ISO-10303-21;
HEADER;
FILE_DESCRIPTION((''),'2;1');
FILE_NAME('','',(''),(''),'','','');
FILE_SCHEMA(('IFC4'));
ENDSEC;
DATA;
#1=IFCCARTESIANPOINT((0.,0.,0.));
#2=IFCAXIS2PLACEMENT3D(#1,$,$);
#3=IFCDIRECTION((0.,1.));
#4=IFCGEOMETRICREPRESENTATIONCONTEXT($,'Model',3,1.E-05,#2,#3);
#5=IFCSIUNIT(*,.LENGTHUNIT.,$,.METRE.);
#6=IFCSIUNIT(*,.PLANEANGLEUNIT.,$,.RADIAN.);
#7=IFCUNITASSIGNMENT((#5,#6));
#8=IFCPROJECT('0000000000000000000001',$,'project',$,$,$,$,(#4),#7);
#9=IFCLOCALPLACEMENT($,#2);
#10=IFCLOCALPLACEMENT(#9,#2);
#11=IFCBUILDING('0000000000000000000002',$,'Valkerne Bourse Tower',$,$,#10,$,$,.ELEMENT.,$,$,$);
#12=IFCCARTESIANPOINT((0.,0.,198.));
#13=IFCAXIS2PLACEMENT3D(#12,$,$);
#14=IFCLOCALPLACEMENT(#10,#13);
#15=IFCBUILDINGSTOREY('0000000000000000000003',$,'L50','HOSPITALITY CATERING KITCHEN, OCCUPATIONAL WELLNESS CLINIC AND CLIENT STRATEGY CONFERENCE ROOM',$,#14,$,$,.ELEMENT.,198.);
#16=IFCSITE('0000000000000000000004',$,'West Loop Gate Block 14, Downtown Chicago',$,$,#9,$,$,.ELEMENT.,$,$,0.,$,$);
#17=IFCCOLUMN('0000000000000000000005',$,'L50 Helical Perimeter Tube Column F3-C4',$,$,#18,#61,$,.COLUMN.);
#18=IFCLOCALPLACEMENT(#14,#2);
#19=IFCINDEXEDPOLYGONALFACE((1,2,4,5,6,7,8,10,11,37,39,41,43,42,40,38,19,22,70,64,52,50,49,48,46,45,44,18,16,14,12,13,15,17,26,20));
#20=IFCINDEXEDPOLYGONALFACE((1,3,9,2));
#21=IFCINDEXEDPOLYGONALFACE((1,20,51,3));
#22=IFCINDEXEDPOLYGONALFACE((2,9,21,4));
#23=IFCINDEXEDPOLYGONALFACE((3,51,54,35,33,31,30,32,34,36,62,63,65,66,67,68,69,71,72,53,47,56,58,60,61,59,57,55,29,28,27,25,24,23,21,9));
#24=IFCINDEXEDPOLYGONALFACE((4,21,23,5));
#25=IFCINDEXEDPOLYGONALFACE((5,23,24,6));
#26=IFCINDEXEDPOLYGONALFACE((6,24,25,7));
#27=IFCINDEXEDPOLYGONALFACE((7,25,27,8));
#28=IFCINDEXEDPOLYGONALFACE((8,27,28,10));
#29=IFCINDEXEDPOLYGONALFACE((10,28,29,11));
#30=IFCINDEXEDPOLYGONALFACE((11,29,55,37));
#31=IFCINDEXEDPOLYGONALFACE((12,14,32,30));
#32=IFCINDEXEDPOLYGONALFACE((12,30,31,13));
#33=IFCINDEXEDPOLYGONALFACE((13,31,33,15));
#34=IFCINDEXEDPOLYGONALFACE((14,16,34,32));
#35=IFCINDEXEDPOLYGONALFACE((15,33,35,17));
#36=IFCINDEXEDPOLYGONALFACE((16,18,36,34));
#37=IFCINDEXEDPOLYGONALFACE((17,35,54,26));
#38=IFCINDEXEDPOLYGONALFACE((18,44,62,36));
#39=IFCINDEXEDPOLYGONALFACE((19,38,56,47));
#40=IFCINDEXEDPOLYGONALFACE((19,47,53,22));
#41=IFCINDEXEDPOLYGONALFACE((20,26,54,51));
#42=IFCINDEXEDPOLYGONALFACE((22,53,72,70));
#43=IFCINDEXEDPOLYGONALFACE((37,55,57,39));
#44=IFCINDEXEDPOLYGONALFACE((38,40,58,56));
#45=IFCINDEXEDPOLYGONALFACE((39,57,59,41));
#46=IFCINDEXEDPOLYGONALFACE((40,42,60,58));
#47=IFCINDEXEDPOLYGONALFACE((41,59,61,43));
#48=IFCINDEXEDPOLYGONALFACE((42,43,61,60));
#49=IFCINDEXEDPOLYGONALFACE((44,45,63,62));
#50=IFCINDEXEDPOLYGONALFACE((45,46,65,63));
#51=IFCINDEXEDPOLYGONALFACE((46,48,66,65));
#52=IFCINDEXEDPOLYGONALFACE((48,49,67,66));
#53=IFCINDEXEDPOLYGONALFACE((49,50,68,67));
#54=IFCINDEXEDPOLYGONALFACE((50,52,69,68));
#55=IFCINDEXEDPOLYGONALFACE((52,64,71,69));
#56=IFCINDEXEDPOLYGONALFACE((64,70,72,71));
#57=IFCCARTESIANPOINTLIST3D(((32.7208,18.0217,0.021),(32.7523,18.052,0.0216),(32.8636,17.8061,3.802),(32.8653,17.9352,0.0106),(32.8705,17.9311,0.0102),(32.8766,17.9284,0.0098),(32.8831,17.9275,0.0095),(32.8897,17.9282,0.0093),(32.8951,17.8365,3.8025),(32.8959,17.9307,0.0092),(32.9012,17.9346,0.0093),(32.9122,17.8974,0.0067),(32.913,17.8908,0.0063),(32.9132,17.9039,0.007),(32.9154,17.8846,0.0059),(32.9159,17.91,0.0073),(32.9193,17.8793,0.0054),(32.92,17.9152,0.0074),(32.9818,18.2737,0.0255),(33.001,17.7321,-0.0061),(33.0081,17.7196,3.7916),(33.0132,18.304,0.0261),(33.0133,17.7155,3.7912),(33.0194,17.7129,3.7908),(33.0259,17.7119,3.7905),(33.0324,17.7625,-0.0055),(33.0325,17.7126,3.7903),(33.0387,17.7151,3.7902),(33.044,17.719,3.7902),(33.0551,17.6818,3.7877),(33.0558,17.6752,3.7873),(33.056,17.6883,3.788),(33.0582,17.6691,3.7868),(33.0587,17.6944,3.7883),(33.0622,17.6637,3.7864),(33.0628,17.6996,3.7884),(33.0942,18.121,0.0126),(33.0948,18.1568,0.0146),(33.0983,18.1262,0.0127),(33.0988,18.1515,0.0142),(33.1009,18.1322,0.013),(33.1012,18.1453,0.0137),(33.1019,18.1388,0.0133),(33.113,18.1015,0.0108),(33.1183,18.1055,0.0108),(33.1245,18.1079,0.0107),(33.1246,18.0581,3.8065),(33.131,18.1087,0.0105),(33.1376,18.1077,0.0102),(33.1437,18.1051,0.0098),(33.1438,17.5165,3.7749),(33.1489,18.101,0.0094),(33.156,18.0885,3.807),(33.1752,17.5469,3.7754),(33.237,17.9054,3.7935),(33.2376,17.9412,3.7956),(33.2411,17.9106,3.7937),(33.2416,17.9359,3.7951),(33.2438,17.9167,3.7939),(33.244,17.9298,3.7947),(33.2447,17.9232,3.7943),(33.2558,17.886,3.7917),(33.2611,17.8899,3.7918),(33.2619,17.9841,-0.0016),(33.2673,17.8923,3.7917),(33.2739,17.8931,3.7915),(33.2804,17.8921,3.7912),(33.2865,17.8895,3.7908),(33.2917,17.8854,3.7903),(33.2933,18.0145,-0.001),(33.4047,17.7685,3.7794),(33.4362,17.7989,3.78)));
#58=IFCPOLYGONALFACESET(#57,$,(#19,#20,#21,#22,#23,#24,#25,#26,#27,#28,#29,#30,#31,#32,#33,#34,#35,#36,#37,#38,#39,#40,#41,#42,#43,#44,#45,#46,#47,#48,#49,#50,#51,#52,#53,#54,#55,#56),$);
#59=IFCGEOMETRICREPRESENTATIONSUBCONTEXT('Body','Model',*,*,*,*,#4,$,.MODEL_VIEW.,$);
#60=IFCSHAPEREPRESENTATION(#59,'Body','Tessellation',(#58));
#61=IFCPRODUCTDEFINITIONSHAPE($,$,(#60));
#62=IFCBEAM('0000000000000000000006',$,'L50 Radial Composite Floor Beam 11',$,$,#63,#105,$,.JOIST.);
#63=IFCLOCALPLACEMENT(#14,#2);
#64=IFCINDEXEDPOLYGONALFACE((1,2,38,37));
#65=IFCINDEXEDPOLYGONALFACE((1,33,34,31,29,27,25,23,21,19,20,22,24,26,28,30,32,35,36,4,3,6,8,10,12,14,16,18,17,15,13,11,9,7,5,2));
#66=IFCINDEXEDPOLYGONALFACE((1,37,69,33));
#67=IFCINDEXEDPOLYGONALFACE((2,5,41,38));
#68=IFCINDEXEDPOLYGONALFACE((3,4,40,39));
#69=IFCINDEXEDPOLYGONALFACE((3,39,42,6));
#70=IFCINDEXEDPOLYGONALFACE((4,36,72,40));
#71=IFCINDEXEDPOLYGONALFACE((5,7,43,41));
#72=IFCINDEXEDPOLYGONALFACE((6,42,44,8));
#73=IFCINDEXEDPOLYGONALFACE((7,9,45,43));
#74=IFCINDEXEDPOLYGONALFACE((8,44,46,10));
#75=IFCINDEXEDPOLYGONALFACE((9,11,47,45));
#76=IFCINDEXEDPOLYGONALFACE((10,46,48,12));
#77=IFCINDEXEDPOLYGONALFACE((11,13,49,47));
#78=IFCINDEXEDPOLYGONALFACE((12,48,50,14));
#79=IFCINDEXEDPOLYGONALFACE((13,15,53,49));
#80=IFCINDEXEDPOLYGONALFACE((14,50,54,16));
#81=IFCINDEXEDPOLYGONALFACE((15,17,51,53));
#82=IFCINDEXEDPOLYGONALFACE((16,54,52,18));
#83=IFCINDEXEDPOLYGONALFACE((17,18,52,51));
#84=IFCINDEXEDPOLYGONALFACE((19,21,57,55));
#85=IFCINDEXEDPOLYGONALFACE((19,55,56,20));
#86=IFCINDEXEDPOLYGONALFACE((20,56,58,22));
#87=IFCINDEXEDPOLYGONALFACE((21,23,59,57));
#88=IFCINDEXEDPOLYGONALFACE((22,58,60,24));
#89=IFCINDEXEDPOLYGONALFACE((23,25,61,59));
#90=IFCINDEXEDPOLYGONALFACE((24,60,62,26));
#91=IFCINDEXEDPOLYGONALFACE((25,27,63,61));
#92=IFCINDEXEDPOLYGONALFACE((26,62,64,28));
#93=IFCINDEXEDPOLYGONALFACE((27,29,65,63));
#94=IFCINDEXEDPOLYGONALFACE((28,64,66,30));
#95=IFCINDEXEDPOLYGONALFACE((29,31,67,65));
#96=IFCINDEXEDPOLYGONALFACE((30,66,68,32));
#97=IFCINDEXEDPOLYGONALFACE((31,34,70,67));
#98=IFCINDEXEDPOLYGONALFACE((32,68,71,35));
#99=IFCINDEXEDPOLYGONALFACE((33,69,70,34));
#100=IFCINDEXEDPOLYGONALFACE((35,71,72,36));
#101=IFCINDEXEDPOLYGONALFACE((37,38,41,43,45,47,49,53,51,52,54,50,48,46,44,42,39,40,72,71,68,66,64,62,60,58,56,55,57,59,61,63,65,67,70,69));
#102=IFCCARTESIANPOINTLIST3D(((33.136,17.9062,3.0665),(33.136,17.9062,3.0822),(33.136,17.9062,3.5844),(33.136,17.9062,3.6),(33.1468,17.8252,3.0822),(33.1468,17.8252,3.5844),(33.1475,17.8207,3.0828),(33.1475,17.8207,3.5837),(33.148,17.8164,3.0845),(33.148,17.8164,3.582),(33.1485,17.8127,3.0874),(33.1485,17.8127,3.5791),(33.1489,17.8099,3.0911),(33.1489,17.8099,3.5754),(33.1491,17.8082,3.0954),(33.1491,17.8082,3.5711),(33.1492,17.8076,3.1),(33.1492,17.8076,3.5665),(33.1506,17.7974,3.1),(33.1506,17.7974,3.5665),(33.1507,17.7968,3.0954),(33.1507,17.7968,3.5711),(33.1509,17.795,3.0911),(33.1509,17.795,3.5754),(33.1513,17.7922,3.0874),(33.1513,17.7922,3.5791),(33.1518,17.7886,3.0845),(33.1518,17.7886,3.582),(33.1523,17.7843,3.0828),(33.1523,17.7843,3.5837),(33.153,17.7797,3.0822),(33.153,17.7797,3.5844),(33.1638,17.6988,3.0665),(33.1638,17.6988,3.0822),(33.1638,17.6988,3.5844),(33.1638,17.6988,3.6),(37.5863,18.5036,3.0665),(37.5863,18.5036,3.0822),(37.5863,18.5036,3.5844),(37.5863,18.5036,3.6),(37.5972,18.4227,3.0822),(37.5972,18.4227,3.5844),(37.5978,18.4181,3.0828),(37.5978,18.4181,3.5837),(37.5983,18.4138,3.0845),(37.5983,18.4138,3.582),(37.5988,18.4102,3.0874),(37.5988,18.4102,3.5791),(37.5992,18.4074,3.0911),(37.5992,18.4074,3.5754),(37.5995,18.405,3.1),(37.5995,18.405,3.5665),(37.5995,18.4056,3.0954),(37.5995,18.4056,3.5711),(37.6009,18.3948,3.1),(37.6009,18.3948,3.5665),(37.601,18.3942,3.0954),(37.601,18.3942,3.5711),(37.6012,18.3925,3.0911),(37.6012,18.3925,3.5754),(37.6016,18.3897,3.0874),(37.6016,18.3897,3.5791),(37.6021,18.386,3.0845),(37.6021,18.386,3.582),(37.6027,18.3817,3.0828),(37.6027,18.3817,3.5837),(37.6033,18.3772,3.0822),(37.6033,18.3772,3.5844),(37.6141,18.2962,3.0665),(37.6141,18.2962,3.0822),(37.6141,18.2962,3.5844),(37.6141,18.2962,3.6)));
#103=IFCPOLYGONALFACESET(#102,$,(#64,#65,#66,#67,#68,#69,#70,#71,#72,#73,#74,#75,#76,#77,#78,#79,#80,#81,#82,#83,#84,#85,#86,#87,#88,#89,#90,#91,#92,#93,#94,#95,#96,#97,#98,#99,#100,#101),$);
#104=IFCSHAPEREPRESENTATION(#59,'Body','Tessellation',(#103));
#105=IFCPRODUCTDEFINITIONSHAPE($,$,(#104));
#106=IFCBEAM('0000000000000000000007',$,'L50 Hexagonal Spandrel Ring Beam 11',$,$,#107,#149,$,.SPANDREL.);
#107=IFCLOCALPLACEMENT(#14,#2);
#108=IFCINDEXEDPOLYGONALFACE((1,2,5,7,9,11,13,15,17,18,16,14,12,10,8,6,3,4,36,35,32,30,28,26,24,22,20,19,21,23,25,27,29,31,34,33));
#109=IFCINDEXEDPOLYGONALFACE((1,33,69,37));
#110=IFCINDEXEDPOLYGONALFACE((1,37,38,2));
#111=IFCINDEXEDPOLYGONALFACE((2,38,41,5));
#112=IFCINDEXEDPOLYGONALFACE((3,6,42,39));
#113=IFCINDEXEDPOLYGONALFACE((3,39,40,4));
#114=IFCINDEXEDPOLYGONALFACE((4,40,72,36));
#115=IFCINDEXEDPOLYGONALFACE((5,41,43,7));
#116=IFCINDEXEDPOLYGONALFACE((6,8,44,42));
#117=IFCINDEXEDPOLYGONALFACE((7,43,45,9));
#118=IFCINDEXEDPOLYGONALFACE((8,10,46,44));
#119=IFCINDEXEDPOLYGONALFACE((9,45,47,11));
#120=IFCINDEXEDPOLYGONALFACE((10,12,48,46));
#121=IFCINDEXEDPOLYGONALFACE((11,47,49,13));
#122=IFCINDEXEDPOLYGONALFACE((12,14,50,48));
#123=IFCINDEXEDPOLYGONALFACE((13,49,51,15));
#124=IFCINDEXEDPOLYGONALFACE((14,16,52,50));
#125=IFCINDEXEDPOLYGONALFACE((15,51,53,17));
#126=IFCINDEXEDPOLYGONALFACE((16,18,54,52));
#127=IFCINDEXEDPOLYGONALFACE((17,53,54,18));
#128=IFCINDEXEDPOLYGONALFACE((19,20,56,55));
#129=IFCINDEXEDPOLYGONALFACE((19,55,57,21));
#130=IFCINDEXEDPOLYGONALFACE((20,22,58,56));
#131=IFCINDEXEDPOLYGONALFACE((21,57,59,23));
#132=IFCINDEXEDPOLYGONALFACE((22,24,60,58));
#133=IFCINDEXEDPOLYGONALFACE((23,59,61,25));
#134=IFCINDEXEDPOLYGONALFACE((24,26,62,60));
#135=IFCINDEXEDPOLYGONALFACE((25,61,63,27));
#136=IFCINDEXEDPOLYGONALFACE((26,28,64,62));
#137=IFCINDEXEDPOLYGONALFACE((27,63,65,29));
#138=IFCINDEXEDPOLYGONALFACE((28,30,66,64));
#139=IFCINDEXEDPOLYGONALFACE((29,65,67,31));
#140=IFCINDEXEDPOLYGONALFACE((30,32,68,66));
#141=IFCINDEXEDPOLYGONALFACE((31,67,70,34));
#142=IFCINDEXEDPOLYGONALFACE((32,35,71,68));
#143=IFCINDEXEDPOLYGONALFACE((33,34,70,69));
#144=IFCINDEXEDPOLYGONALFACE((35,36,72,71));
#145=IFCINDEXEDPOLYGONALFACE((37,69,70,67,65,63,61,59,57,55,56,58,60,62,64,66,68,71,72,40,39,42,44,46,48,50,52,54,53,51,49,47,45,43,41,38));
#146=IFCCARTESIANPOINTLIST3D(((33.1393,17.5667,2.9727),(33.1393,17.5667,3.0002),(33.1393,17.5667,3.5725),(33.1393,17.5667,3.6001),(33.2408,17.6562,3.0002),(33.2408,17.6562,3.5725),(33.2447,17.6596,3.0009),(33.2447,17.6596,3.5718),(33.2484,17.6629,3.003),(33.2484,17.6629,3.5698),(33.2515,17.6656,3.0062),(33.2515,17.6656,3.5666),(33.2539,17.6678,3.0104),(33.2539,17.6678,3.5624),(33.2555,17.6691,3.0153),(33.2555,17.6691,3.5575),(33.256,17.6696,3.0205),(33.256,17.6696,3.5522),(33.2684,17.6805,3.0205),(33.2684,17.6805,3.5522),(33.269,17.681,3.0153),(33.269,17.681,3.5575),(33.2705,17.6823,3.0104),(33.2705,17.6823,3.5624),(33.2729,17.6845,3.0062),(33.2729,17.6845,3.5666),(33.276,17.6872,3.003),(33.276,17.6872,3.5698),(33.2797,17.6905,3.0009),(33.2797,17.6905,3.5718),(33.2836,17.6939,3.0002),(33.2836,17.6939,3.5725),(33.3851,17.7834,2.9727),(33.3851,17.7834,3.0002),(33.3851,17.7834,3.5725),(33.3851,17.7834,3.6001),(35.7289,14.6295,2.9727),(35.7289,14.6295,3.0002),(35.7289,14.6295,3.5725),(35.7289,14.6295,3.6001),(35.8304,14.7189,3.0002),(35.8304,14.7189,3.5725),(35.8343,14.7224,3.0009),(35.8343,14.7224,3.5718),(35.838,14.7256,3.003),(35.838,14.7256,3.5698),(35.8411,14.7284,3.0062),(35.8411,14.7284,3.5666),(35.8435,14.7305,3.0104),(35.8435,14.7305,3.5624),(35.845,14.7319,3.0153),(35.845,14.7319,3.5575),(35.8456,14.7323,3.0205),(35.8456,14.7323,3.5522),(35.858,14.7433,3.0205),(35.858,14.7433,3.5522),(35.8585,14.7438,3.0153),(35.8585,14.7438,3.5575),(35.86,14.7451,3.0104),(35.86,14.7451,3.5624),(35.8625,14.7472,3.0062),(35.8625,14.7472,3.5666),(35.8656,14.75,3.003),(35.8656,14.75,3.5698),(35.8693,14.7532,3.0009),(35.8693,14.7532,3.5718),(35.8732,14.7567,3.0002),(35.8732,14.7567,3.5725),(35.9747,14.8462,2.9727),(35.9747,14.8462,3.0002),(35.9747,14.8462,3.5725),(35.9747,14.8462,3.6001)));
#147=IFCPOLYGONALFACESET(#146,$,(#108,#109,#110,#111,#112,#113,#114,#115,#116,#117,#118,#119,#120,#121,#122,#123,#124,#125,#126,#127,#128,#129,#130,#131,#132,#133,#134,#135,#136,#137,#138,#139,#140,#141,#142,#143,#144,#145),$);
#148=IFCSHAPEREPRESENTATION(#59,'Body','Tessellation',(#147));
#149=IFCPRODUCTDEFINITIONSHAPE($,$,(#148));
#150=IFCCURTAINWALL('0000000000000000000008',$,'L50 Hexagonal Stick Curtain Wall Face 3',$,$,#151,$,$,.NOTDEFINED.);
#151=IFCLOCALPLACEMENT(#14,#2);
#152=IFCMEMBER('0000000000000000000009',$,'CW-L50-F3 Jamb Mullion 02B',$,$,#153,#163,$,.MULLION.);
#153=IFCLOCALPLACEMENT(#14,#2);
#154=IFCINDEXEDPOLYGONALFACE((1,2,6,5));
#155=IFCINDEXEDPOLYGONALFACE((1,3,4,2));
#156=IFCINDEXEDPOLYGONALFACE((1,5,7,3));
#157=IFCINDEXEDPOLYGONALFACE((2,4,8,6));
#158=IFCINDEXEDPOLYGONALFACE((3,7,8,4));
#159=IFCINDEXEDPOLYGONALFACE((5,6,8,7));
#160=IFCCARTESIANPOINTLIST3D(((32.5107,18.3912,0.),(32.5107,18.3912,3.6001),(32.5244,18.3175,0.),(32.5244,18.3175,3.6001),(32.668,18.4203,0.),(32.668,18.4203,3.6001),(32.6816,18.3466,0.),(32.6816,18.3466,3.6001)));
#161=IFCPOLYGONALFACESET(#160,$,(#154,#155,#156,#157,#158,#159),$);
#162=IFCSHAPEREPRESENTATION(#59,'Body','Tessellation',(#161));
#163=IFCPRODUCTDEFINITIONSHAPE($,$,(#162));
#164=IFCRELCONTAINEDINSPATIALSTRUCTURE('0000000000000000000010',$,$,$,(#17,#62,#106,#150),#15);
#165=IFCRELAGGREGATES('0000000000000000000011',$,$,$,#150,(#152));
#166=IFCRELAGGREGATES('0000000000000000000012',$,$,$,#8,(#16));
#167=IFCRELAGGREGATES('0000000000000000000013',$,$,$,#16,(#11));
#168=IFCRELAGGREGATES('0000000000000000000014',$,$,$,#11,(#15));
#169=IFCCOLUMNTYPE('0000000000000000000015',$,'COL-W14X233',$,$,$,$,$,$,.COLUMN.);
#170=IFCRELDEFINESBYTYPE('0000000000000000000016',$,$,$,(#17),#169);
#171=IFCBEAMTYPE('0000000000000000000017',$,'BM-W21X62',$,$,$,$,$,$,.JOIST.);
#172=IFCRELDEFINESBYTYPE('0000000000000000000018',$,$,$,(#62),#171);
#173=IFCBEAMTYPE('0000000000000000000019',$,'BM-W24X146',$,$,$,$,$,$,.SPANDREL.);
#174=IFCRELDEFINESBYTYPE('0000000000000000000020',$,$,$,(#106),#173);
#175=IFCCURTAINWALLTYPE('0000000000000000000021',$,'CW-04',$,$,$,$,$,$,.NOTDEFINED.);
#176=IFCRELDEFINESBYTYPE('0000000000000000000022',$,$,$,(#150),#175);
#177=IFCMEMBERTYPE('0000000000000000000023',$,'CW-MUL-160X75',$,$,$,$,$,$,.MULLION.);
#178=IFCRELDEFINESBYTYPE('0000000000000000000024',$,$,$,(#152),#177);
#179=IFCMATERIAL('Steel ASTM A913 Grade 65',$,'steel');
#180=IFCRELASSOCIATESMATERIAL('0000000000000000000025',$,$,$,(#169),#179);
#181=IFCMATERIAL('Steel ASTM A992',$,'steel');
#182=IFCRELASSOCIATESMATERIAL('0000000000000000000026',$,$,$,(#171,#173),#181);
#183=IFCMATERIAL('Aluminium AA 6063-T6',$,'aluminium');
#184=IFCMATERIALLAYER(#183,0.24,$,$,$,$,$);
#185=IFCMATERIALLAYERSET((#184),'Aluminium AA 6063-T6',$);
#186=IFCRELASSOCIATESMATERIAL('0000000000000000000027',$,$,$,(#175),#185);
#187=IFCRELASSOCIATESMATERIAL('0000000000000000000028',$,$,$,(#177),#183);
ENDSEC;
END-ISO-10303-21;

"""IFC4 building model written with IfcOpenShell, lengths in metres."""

from ifc_helpers import new_model, si_unit, direction, frame, origin, origin_2d, place, context, subcontext, project, spatial, rectangle, i_section, extrude, material, layer, layer_set, material_profile, profile_set, type_object, element, aggregate, save


model = new_model("IFC4")

# Units and contexts
model_context = context("Model", 3, precision=1e-05, world=origin(), true_north=direction((0.0, 1.0)))
body_context = subcontext(model_context, "Body", "Model", "MODEL_VIEW")
ifc_project = project(units=[si_unit("LENGTHUNIT", "METRE"), si_unit("PLANEANGLEUNIT", "RADIAN")], contexts=[model_context])

# Site, building, storey
site_placement = place(None, origin())
site = spatial("IfcSite", under=ifc_project, at=site_placement, Name="West Loop Gate Block 14, Downtown Chicago", CompositionType="ELEMENT", RefElevation=0.0)
building_placement = place(site_placement, origin())
building = spatial("IfcBuilding", under=site, at=building_placement, Name="Valkerne Bourse Tower", CompositionType="ELEMENT")
storey_placement = place(building_placement, frame((0.0, 0.0, 198.0)))
storey = spatial("IfcBuildingStorey", under=building, at=storey_placement, Name="L50", Description="HOSPITALITY CATERING KITCHEN, OCCUPATIONAL WELLNESS CLINIC AND CLIENT STRATEGY CONFERENCE ROOM", CompositionType="ELEMENT", Elevation=198.0)

# Column
ifc_material_1 = material(Name="Steel ASTM A913 Grade 65", Category="steel")
ifc_material_profile_1 = material_profile(ifc_material_1, i_section(OverallWidth=0.4038, OverallDepth=0.4065, WebThickness=0.0271, FlangeThickness=0.0437, FilletRadius=0.0254, at=origin_2d()), Name="W14X233")
ifc_profile_set_1 = profile_set([ifc_material_profile_1], Name="Steel ASTM A913 Grade 65")
column_type = type_object("IfcColumnType", Name="COL-W14X233", PredefinedType="COLUMN", material=ifc_profile_set_1)
column_placement = place(storey_placement, frame((33.0071, 18.0181, 0.01), z_axis=(0.037686, -0.056883, 0.997669), x_axis=(0.693707, -0.717126, -0.067091)))
element("IfcColumn", 1, at=column_placement, inside=storey, type_object=column_type, Name="L50 Helical Perimeter Tube Column F3-C4", PredefinedType="COLUMN", context=body_context, shape_type="SweptSolid", body=[
    extrude(i_section(OverallWidth=0.4038, OverallDepth=0.4065, WebThickness=0.0271, FlangeThickness=0.0437, FilletRadius=0.0254, at=origin_2d()), origin(), (0.0, 0.0, 1.0), 3.7898),
])

# Beams
ifc_material_2 = material(Name="Steel ASTM A992", Category="steel")
ifc_material_profile_2 = material_profile(ifc_material_2, i_section(OverallWidth=0.2092, OverallDepth=0.5334, WebThickness=0.0103, FlangeThickness=0.0156, FilletRadius=0.0178, at=origin_2d()), Name="W21X62")
ifc_profile_set_2 = profile_set([ifc_material_profile_2], Name="Steel ASTM A992")
beam_type_1 = type_object("IfcBeamType", Name="BM-W21X62", PredefinedType="JOIST", material=ifc_profile_set_2)
beam_1_placement = place(storey_placement, frame((33.1499, 17.8025, 3.3333), z_axis=(0.991109, 0.13305, 0.0), x_axis=(-0.13305, 0.991109, 0.0)))
element("IfcBeam", 2, at=beam_1_placement, inside=storey, type_object=beam_type_1, Name="L50 Radial Composite Floor Beam 11", PredefinedType="JOIST", context=body_context, shape_type="SweptSolid", body=[
    extrude(i_section(OverallWidth=0.2092, OverallDepth=0.5334, WebThickness=0.0103, FlangeThickness=0.0156, FilletRadius=0.0178, at=origin_2d()), origin(), (0.0, 0.0, 1.0), 4.4902),
])
ifc_material_profile_3 = material_profile(ifc_material_2, i_section(OverallWidth=0.3276, OverallDepth=0.6274, WebThickness=0.0166, FlangeThickness=0.0276, FilletRadius=0.0203, at=origin_2d()), Name="W24X146")
ifc_profile_set_3 = profile_set([ifc_material_profile_3], Name="Steel ASTM A992")
beam_type_2 = type_object("IfcBeamType", Name="BM-W24X146", PredefinedType="SPANDREL", material=ifc_profile_set_3)
beam_2_placement = place(storey_placement, frame((33.2622, 17.675, 3.2864), z_axis=(0.661321, -0.750103, 0.0), x_axis=(0.750103, 0.661321, 0.0)))
element("IfcBeam", 3, at=beam_2_placement, inside=storey, type_object=beam_type_2, Name="L50 Hexagonal Spandrel Ring Beam 11", PredefinedType="SPANDREL", context=body_context, shape_type="SweptSolid", body=[
    extrude(i_section(OverallWidth=0.3276, OverallDepth=0.6274, WebThickness=0.0166, FlangeThickness=0.0276, FilletRadius=0.0203, at=origin_2d()), origin(), (0.0, 0.0, 1.0), 3.9158),
])

# Curtain wall, member
ifc_material_3 = material(Name="Aluminium AA 6063-T6", Category="aluminium")
ifc_layer_1 = layer(ifc_material_3, 0.24)
ifc_layer_set_1 = layer_set([ifc_layer_1], Name="Aluminium AA 6063-T6")
curtain_wall_type = type_object("IfcCurtainWallType", Name="CW-04", PredefinedType="NOTDEFINED", material=ifc_layer_set_1)
curtain_wall_placement = place(storey_placement, origin())
curtain_wall = element("IfcCurtainWall", 4, at=curtain_wall_placement, inside=storey, type_object=curtain_wall_type, Name="L50 Hexagonal Stick Curtain Wall Face 3", PredefinedType="NOTDEFINED")
ifc_material_profile_4 = material_profile(ifc_material_3, rectangle(XDim=0.075, YDim=0.1599, at=origin_2d()), Name="CWM-75X160")
ifc_profile_set_4 = profile_set([ifc_material_profile_4], Name="Aluminium AA 6063-T6")
member_type_1 = type_object("IfcMemberType", Name="CW-MUL-160X75", PredefinedType="MULLION", material=ifc_profile_set_4)
member_1_placement = place(storey_placement, frame((32.5962, 18.3689, 0.0), z_axis=(0.0, 0.0, 1.0), x_axis=(0.18224, -0.983254, 0.0)))
member_1 = element("IfcMember", 5, at=member_1_placement, type_object=member_type_1, Name="CW-L50-F3 Jamb Mullion 02B", PredefinedType="MULLION", context=body_context, shape_type="SweptSolid", body=[
    extrude(rectangle(XDim=0.075, YDim=0.1599, at=origin_2d()), origin(), (0.0, 0.0, 1.0), 3.6001),
])
aggregate(curtain_wall, [member_1])

save(model, "model.ifc")
